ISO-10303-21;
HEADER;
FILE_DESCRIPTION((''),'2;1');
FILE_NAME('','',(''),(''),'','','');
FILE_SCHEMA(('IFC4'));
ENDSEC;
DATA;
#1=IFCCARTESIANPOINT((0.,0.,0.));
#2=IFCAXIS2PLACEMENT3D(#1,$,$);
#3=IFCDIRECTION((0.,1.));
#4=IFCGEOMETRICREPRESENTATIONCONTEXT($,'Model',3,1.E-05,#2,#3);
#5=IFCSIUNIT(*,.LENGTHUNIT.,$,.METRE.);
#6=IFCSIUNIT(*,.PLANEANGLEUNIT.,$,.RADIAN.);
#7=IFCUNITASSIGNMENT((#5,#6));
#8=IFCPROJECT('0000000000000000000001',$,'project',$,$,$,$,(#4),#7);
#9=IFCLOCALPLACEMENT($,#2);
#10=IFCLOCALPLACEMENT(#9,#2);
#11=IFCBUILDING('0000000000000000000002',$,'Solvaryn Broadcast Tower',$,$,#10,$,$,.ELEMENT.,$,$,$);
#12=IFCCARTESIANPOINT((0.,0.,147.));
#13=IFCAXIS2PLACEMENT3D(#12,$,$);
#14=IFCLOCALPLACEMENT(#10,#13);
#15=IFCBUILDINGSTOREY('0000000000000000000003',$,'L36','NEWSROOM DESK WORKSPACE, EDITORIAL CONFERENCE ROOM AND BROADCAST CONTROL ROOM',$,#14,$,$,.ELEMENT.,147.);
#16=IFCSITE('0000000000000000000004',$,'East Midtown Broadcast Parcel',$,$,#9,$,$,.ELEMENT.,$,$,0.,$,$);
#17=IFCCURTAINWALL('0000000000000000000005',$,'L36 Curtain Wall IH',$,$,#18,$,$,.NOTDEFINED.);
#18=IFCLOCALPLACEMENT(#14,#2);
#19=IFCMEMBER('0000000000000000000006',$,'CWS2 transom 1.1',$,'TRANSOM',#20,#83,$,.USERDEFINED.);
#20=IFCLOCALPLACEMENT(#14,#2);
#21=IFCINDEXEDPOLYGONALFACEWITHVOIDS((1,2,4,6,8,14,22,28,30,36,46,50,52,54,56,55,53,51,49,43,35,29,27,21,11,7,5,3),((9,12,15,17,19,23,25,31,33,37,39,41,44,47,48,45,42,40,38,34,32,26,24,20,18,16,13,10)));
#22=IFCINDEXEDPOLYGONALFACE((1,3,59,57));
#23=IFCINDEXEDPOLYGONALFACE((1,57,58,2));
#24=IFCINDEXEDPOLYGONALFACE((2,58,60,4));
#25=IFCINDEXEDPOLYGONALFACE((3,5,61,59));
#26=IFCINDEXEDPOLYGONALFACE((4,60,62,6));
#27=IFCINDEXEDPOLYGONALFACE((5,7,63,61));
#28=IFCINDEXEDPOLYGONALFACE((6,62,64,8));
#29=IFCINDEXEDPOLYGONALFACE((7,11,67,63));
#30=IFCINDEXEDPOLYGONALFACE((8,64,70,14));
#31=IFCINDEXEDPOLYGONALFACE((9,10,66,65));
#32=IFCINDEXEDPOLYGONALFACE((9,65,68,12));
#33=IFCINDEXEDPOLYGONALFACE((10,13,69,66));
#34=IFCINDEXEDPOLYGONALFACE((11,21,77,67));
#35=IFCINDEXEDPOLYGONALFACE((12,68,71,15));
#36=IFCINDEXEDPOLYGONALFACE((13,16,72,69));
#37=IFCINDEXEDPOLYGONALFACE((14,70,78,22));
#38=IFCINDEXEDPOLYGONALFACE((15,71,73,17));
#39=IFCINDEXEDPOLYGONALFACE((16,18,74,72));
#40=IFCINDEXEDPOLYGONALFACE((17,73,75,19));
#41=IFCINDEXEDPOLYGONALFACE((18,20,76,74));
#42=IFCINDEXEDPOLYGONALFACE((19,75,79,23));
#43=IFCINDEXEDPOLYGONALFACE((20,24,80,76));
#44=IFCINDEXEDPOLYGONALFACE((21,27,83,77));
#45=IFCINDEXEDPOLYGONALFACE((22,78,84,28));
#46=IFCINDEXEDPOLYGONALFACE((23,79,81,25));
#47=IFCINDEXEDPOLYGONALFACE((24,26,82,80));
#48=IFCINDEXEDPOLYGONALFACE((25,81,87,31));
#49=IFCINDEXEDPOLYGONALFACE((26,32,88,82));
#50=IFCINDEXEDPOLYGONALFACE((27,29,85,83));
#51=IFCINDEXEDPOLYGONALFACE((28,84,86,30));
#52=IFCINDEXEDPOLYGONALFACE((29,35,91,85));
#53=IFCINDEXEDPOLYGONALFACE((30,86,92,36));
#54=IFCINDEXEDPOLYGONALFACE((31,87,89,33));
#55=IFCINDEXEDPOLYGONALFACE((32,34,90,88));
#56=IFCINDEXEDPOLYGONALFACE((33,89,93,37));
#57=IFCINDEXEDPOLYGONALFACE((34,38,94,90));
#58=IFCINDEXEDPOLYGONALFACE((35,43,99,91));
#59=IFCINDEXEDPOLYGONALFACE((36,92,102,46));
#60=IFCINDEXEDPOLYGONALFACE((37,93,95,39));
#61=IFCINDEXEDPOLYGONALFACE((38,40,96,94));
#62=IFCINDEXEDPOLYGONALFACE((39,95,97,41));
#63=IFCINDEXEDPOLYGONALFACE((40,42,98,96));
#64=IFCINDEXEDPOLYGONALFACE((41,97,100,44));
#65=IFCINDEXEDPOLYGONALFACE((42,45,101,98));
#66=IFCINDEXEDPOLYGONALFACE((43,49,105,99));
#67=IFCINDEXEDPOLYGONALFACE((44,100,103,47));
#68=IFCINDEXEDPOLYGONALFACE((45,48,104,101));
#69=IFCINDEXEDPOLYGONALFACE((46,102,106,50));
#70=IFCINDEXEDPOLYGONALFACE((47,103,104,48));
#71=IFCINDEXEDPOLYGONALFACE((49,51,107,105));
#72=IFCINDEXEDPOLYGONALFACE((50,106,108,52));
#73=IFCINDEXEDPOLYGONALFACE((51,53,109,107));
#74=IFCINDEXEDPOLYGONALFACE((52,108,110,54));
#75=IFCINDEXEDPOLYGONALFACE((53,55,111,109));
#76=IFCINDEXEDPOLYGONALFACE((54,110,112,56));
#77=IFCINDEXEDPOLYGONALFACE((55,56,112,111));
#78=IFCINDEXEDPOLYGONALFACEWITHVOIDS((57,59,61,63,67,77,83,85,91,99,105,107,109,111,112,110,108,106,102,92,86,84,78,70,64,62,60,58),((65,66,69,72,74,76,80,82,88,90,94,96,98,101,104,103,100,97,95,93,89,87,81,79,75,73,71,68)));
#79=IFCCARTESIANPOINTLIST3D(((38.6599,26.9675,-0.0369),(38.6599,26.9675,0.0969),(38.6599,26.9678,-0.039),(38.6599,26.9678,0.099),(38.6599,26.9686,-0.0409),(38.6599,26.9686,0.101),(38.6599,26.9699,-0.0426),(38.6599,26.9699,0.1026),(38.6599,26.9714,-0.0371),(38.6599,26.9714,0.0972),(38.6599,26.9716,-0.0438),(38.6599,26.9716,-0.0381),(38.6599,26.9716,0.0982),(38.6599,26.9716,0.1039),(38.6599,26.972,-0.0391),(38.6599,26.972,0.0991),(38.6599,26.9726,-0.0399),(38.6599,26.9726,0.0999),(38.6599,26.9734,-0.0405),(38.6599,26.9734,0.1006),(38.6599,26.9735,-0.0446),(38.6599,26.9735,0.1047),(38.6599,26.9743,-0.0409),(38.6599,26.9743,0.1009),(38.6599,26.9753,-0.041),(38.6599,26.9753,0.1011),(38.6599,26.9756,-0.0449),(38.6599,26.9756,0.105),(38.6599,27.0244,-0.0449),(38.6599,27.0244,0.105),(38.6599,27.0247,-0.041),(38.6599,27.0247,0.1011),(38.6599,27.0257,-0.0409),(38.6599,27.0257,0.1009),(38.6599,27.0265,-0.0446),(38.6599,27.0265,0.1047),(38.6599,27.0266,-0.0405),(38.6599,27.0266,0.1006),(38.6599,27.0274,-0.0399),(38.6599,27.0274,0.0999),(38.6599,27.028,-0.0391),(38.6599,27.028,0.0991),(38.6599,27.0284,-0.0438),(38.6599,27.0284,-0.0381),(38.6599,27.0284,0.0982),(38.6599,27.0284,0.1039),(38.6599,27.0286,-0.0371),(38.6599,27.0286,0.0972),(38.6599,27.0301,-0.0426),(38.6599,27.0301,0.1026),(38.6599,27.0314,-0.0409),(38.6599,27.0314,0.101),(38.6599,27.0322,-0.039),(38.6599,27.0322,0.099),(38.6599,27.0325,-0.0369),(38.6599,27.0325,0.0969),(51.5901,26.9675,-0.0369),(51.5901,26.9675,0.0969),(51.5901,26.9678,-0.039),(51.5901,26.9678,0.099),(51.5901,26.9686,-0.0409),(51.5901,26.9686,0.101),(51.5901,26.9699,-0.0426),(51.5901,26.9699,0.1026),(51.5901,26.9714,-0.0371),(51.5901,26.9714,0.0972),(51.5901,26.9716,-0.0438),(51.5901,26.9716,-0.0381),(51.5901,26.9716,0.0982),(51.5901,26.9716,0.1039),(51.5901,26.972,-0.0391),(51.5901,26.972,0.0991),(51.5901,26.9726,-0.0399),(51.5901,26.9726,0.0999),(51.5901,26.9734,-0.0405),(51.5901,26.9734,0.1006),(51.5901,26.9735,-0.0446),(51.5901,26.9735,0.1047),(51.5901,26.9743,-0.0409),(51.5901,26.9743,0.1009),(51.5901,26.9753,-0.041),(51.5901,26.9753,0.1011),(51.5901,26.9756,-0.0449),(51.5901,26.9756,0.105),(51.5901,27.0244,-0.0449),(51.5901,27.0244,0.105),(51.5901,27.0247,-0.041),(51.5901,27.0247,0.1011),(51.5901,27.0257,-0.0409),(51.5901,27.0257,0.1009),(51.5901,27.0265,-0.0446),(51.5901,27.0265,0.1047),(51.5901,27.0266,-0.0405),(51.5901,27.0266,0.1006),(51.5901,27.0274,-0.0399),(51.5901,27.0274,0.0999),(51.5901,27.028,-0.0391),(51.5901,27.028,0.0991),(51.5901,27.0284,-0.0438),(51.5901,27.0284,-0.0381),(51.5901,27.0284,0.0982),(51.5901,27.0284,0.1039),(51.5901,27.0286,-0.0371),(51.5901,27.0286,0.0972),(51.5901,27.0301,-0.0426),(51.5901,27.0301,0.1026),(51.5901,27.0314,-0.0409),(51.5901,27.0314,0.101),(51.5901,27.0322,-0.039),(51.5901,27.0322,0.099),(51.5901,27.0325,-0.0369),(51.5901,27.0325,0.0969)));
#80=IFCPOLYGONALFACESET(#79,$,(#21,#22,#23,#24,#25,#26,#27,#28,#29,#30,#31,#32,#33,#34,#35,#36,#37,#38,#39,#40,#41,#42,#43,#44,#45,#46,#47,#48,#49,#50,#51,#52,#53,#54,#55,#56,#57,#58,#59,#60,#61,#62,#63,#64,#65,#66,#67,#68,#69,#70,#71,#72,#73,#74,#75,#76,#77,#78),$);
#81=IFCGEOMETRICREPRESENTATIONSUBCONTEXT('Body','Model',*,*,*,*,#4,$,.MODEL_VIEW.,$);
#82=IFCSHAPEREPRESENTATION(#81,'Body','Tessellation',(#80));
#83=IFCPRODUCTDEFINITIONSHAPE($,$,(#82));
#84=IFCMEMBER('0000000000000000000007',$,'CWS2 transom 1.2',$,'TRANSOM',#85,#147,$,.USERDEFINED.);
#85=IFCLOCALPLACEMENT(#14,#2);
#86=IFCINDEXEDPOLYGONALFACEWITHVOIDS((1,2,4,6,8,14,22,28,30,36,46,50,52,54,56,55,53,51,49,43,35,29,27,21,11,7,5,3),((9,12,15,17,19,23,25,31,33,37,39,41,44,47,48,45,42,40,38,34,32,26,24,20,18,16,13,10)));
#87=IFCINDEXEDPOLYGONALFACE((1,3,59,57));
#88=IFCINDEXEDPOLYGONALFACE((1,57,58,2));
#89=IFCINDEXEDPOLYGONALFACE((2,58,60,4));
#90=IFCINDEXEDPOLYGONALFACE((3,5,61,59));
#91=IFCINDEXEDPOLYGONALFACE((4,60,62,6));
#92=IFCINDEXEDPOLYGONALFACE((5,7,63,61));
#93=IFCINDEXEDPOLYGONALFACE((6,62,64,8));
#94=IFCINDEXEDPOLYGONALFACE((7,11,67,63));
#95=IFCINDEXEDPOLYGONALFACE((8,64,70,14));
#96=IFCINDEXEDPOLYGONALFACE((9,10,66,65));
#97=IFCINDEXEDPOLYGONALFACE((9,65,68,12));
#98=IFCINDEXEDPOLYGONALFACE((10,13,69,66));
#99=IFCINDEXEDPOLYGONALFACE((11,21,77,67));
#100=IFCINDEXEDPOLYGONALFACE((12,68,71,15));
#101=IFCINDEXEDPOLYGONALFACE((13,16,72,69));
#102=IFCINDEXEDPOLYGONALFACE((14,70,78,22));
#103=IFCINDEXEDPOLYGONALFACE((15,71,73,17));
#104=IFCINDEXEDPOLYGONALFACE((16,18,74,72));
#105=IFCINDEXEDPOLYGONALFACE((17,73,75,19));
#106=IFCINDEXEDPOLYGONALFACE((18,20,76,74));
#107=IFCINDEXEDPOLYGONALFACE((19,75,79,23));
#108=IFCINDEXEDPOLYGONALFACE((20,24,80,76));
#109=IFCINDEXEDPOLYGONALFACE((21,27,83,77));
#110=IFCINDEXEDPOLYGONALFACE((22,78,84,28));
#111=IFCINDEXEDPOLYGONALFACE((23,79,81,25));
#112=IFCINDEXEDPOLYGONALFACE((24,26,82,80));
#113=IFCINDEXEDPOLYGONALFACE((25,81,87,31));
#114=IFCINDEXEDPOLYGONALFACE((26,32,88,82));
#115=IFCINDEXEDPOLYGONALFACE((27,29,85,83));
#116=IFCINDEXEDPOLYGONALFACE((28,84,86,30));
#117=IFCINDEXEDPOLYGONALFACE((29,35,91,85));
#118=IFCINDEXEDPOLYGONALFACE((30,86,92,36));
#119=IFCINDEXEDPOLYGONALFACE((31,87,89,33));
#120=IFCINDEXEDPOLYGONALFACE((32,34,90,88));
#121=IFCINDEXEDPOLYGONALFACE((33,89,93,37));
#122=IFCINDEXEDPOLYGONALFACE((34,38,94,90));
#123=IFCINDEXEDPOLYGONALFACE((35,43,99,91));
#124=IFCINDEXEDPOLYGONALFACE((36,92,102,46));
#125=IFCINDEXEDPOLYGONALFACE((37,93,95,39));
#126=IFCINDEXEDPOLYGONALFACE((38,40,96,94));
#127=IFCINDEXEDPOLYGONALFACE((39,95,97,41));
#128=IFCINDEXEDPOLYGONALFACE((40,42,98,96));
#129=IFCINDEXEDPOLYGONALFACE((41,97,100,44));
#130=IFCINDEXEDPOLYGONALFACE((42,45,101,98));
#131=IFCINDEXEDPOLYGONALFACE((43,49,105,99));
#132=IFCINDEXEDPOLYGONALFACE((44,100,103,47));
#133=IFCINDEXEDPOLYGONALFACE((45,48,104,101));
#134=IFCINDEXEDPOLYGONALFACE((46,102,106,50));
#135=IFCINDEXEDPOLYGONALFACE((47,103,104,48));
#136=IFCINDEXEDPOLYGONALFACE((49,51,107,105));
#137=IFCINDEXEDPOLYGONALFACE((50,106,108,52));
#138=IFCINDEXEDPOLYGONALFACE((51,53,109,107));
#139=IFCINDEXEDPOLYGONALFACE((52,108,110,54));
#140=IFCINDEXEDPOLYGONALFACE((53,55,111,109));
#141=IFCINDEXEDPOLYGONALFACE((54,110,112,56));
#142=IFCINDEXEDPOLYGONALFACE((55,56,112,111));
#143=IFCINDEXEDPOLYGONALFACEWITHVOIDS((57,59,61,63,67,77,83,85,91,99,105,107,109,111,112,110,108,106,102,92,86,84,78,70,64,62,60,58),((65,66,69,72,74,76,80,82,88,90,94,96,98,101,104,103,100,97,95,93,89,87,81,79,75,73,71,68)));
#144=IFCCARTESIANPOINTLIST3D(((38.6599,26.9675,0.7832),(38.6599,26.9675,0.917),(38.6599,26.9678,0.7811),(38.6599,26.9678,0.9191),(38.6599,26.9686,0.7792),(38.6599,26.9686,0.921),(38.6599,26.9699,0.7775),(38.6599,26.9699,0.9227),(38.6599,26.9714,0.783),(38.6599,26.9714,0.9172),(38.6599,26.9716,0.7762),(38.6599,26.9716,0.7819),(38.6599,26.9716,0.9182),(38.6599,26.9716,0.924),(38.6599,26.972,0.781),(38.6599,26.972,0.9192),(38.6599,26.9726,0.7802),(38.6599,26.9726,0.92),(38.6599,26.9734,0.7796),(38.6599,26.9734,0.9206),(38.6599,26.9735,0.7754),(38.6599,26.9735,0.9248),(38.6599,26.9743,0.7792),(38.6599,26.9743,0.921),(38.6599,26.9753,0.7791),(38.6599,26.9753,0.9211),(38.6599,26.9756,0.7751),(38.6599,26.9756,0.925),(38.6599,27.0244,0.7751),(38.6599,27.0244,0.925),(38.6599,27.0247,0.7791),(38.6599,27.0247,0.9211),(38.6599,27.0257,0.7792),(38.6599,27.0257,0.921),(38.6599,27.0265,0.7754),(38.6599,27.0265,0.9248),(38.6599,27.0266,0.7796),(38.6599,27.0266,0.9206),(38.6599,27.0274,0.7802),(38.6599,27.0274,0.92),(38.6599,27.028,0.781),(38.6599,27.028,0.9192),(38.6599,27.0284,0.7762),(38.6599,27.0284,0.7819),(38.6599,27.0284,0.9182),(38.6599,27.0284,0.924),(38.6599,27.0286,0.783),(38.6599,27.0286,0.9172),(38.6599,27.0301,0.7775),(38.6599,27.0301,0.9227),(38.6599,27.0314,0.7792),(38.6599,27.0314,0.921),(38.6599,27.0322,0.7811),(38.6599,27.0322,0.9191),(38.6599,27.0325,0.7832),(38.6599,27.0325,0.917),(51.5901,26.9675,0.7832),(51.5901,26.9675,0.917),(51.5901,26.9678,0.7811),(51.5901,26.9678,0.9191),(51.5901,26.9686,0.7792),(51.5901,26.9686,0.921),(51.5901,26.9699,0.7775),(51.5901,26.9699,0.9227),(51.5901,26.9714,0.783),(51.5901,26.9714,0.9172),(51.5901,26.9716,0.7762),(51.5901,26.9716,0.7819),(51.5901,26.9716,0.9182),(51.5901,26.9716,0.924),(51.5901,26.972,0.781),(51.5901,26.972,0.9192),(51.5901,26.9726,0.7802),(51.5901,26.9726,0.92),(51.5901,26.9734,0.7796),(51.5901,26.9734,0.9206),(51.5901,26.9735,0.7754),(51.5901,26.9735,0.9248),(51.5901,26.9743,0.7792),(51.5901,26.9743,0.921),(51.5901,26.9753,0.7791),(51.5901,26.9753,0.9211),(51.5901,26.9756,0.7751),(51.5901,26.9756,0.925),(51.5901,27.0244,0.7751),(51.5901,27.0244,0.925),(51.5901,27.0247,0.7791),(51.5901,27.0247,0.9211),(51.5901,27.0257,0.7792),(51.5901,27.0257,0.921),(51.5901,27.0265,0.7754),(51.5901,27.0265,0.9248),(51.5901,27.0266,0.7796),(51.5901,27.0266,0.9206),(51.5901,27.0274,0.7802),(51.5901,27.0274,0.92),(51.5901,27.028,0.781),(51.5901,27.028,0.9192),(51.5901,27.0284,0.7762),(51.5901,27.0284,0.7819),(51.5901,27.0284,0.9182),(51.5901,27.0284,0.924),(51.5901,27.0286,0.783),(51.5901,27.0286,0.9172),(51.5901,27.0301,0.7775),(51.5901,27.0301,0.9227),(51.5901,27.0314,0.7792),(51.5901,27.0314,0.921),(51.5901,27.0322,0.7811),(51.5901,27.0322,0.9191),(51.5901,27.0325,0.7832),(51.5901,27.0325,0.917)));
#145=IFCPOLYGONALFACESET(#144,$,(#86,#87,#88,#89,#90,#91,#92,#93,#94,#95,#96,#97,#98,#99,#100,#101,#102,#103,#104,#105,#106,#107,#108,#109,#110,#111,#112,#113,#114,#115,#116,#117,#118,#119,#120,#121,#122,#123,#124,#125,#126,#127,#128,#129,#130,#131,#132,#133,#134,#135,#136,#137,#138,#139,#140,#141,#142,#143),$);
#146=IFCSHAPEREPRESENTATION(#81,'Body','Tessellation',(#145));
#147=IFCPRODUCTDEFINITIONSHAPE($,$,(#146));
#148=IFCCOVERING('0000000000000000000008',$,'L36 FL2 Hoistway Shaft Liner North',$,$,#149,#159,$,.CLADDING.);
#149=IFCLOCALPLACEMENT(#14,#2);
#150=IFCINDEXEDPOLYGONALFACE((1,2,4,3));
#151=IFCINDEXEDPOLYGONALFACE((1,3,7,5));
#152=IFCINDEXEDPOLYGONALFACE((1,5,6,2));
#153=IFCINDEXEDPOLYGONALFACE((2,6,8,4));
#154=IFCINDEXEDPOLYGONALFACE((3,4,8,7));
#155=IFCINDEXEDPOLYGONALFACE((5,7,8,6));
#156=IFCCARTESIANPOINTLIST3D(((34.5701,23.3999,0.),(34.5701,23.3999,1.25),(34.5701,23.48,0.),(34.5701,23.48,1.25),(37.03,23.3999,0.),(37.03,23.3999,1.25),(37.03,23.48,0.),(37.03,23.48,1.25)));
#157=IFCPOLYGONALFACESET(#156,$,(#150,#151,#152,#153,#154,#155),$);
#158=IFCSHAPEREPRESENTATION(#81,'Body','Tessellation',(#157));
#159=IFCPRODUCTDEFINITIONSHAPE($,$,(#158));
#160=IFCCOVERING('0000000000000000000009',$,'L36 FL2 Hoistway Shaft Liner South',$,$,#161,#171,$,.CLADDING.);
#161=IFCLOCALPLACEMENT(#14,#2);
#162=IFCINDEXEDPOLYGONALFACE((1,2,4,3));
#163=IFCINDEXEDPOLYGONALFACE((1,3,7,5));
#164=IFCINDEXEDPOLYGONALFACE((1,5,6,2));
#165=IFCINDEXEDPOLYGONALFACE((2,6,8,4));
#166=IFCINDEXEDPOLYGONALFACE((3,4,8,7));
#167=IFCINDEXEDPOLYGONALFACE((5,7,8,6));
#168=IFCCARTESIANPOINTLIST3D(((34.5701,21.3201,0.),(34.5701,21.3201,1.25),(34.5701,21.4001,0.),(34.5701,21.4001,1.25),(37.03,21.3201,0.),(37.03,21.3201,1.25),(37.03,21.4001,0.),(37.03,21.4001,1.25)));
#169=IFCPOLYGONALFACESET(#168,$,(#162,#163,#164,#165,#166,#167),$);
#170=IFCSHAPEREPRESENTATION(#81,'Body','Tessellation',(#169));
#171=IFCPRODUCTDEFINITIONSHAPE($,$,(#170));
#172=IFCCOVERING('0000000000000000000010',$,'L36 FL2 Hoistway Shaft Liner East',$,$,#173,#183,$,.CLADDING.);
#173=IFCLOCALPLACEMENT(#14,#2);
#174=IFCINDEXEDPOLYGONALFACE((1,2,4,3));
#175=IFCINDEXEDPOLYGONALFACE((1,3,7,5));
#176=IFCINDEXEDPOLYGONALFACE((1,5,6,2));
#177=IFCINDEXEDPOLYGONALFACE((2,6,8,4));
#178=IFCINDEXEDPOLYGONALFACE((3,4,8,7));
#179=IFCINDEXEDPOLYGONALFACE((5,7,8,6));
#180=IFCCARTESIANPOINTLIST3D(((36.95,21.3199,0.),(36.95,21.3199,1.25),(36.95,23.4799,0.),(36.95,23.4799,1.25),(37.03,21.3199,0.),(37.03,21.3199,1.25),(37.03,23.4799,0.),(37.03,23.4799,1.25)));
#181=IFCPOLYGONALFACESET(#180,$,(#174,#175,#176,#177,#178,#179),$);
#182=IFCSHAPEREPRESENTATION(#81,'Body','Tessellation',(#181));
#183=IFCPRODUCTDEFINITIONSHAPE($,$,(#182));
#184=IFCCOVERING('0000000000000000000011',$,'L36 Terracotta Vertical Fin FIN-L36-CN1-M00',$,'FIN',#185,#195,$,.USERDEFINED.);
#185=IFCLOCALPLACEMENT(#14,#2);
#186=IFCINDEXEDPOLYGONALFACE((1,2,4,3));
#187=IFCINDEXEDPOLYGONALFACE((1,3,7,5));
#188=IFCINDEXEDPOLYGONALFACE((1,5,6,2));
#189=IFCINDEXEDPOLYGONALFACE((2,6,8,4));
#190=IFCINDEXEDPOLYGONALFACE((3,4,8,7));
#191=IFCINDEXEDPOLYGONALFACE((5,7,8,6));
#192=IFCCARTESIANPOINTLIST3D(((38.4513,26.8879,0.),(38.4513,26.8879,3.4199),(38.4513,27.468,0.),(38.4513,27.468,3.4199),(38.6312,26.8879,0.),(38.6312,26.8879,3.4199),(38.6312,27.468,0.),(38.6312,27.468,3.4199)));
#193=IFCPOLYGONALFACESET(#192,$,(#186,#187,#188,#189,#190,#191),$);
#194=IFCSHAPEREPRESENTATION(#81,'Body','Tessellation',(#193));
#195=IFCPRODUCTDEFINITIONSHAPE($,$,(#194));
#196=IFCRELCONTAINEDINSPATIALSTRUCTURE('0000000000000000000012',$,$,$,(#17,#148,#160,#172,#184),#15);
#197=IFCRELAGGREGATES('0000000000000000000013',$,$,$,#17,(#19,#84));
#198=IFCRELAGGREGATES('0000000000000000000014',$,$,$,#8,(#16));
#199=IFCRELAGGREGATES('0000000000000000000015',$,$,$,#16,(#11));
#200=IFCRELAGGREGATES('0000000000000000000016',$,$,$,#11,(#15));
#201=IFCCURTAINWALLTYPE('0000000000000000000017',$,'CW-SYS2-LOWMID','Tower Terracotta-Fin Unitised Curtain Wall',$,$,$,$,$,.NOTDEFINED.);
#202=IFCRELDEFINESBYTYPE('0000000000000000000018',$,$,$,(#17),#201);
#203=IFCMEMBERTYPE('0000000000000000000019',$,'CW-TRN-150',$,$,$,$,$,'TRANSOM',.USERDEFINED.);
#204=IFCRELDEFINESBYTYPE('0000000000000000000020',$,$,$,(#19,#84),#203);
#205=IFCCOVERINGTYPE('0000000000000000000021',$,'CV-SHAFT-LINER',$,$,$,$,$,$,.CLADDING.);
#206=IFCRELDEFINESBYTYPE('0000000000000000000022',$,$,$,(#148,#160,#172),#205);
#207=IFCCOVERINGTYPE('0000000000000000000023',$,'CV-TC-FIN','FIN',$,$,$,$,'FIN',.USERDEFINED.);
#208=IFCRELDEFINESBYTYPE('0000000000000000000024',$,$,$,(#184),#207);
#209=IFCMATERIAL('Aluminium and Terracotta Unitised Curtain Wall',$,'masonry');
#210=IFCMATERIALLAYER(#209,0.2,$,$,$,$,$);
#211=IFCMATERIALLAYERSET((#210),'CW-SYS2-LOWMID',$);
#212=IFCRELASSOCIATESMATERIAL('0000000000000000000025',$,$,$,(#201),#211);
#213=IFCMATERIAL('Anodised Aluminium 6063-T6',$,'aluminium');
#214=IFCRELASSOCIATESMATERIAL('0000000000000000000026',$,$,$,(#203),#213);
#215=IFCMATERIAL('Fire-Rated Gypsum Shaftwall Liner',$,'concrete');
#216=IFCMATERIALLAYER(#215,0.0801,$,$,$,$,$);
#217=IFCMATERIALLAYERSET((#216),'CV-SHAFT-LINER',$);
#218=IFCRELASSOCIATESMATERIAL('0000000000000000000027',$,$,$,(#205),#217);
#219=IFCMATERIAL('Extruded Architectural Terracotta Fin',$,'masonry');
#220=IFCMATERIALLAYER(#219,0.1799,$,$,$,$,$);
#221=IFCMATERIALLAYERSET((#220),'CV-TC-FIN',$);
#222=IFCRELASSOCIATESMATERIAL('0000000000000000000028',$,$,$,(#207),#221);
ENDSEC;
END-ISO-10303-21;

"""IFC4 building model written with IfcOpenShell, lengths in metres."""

from ifc_helpers import new_model, si_unit, direction, frame, origin, origin_2d, place, context, subcontext, project, spatial, rectangle, hollow_rectangle, extrude, material, layer, layer_set, material_profile, profile_set, type_object, element, aggregate, save


model = new_model("IFC4")

# Units and contexts
model_context = context("Model", 3, precision=1e-05, world=origin(), true_north=direction((0.0, 1.0)))
body_context = subcontext(model_context, "Body", "Model", "MODEL_VIEW")
ifc_project = project(units=[si_unit("LENGTHUNIT", "METRE"), si_unit("PLANEANGLEUNIT", "RADIAN")], contexts=[model_context])

# Site, building, storey
site_placement = place(None, origin())
site = spatial("IfcSite", under=ifc_project, at=site_placement, Name="East Midtown Broadcast Parcel", CompositionType="ELEMENT", RefElevation=0.0)
building_placement = place(site_placement, origin())
building = spatial("IfcBuilding", under=site, at=building_placement, Name="Solvaryn Broadcast Tower", CompositionType="ELEMENT")
storey_placement = place(building_placement, frame((0.0, 0.0, 147.0)))
storey = spatial("IfcBuildingStorey", under=building, at=storey_placement, Name="L36", Description="NEWSROOM DESK WORKSPACE, EDITORIAL CONFERENCE ROOM AND BROADCAST CONTROL ROOM", CompositionType="ELEMENT", Elevation=147.0)

# Curtain wall
ifc_material_1 = material(Name="Aluminium and Terracotta Unitised Curtain Wall", Category="masonry")
ifc_layer_1 = layer(ifc_material_1, 0.2)
ifc_layer_set_1 = layer_set([ifc_layer_1], Name="CW-SYS2-LOWMID")
curtain_wall_type = type_object("IfcCurtainWallType", Name="CW-SYS2-LOWMID", Description="Tower Terracotta-Fin Unitised Curtain Wall", PredefinedType="NOTDEFINED", material=ifc_layer_set_1)
curtain_wall_1_placement = place(storey_placement, origin())
curtain_wall_1 = element("IfcCurtainWall", 1, at=curtain_wall_1_placement, inside=storey, type_object=curtain_wall_type, Name="L36 Curtain Wall IH", PredefinedType="NOTDEFINED")

# Members
ifc_material_2 = material(Name="Anodised Aluminium 6063-T6", Category="aluminium")
ifc_material_profile_1 = material_profile(ifc_material_2, hollow_rectangle(XDim=0.0649, YDim=0.1499, WallThickness=0.0039, InnerFilletRadius=0.0039, OuterFilletRadius=0.0081, at=origin_2d()))
ifc_profile_set_1 = profile_set([ifc_material_profile_1], Name="Anodised Aluminium 6063-T6")
member_type_1 = type_object("IfcMemberType", Name="CW-TRN-150", ElementType="TRANSOM", PredefinedType="USERDEFINED", material=ifc_profile_set_1)
member_1_placement = place(storey_placement, frame((38.6599, 27.0, 0.03), z_axis=(1.0, 0.0, 0.0), x_axis=(0.0, 1.0, 0.0)))
member_1 = element("IfcMember", 2, at=member_1_placement, type_object=member_type_1, Name="CWS2 transom 1.1", ObjectType="TRANSOM", PredefinedType="USERDEFINED", context=body_context, shape_type="SweptSolid", body=[
    extrude(hollow_rectangle(XDim=0.0649, YDim=0.1499, WallThickness=0.0039, InnerFilletRadius=0.0039, OuterFilletRadius=0.0081, at=origin_2d()), origin(), (0.0, 0.0, 1.0), 12.9302),
])
member_2_placement = place(storey_placement, frame((38.6599, 27.0, 0.8501), z_axis=(1.0, 0.0, 0.0), x_axis=(0.0, 1.0, 0.0)))
member_2 = element("IfcMember", 3, at=member_2_placement, type_object=member_type_1, Name="CWS2 transom 1.2", ObjectType="TRANSOM", PredefinedType="USERDEFINED", context=body_context, shape_type="SweptSolid", body=[
    extrude(hollow_rectangle(XDim=0.0649, YDim=0.1499, WallThickness=0.0039, InnerFilletRadius=0.0039, OuterFilletRadius=0.0081, at=origin_2d()), origin(), (0.0, 0.0, 1.0), 12.9302),
])
aggregate(curtain_wall_1, [member_1, member_2])

# Coverings
ifc_material_3 = material(Name="Fire-Rated Gypsum Shaftwall Liner", Category="concrete")
ifc_layer_2 = layer(ifc_material_3, 0.0801)
ifc_layer_set_2 = layer_set([ifc_layer_2], Name="CV-SHAFT-LINER")
covering_type_1 = type_object("IfcCoveringType", Name="CV-SHAFT-LINER", PredefinedType="CLADDING", material=ifc_layer_set_2)
for number, where, z_axis, x_axis, name in (
    (4, (35.8, 23.4399, 0.0), (0.0, 0.0, 1.0), (1.0, 0.0, 0.0), "L36 FL2 Hoistway Shaft Liner North"),
    (5, (35.8, 21.3601, 0.0), (0.0, 0.0, 1.0), (1.0, 0.0, 0.0), "L36 FL2 Hoistway Shaft Liner South"),
):
    element("IfcCovering", number, at=place(storey_placement, frame(where, z_axis=z_axis, x_axis=x_axis)), inside=storey, type_object=covering_type_1, Name=name, PredefinedType="CLADDING", context=body_context, shape_type="SweptSolid", body=[
        extrude(rectangle(XDim=2.46, YDim=0.0801, at=origin_2d()), origin(), (0.0, 0.0, 1.0), 1.25),
    ])
covering_placement = place(storey_placement, frame((36.99, 22.3999, 0.0), z_axis=(0.0, 0.0, 1.0), x_axis=(1.0, 0.0, 0.0)))
element("IfcCovering", 6, at=covering_placement, inside=storey, type_object=covering_type_1, Name="L36 FL2 Hoistway Shaft Liner East", PredefinedType="CLADDING", context=body_context, shape_type="SweptSolid", body=[
    extrude(rectangle(XDim=0.0801, YDim=2.1599, at=origin_2d()), origin(), (0.0, 0.0, 1.0), 1.25),
])
ifc_material_4 = material(Name="Extruded Architectural Terracotta Fin", Category="masonry")
ifc_layer_3 = layer(ifc_material_4, 0.1799)
ifc_layer_set_3 = layer_set([ifc_layer_3], Name="CV-TC-FIN")
covering_type_2 = type_object("IfcCoveringType", Name="CV-TC-FIN", Description="FIN", ElementType="FIN", PredefinedType="USERDEFINED", material=ifc_layer_set_3)
for number, where, z_axis, x_axis, name in (
    (7, (38.5413, 27.178, 0.0), (0.0, 0.0, 1.0), (1.0, 0.0, 0.0), "L36 Terracotta Vertical Fin FIN-L36-CN1-M00"),
):
    element("IfcCovering", number, at=place(storey_placement, frame(where, z_axis=z_axis, x_axis=x_axis)), inside=storey, type_object=covering_type_2, Name=name, ObjectType="FIN", PredefinedType="USERDEFINED", context=body_context, shape_type="SweptSolid", body=[
        extrude(rectangle(XDim=0.1799, YDim=0.5801, at=origin_2d()), origin(), (0.0, 0.0, 1.0), 3.4199),
    ])

save(model, "model.ifc")
